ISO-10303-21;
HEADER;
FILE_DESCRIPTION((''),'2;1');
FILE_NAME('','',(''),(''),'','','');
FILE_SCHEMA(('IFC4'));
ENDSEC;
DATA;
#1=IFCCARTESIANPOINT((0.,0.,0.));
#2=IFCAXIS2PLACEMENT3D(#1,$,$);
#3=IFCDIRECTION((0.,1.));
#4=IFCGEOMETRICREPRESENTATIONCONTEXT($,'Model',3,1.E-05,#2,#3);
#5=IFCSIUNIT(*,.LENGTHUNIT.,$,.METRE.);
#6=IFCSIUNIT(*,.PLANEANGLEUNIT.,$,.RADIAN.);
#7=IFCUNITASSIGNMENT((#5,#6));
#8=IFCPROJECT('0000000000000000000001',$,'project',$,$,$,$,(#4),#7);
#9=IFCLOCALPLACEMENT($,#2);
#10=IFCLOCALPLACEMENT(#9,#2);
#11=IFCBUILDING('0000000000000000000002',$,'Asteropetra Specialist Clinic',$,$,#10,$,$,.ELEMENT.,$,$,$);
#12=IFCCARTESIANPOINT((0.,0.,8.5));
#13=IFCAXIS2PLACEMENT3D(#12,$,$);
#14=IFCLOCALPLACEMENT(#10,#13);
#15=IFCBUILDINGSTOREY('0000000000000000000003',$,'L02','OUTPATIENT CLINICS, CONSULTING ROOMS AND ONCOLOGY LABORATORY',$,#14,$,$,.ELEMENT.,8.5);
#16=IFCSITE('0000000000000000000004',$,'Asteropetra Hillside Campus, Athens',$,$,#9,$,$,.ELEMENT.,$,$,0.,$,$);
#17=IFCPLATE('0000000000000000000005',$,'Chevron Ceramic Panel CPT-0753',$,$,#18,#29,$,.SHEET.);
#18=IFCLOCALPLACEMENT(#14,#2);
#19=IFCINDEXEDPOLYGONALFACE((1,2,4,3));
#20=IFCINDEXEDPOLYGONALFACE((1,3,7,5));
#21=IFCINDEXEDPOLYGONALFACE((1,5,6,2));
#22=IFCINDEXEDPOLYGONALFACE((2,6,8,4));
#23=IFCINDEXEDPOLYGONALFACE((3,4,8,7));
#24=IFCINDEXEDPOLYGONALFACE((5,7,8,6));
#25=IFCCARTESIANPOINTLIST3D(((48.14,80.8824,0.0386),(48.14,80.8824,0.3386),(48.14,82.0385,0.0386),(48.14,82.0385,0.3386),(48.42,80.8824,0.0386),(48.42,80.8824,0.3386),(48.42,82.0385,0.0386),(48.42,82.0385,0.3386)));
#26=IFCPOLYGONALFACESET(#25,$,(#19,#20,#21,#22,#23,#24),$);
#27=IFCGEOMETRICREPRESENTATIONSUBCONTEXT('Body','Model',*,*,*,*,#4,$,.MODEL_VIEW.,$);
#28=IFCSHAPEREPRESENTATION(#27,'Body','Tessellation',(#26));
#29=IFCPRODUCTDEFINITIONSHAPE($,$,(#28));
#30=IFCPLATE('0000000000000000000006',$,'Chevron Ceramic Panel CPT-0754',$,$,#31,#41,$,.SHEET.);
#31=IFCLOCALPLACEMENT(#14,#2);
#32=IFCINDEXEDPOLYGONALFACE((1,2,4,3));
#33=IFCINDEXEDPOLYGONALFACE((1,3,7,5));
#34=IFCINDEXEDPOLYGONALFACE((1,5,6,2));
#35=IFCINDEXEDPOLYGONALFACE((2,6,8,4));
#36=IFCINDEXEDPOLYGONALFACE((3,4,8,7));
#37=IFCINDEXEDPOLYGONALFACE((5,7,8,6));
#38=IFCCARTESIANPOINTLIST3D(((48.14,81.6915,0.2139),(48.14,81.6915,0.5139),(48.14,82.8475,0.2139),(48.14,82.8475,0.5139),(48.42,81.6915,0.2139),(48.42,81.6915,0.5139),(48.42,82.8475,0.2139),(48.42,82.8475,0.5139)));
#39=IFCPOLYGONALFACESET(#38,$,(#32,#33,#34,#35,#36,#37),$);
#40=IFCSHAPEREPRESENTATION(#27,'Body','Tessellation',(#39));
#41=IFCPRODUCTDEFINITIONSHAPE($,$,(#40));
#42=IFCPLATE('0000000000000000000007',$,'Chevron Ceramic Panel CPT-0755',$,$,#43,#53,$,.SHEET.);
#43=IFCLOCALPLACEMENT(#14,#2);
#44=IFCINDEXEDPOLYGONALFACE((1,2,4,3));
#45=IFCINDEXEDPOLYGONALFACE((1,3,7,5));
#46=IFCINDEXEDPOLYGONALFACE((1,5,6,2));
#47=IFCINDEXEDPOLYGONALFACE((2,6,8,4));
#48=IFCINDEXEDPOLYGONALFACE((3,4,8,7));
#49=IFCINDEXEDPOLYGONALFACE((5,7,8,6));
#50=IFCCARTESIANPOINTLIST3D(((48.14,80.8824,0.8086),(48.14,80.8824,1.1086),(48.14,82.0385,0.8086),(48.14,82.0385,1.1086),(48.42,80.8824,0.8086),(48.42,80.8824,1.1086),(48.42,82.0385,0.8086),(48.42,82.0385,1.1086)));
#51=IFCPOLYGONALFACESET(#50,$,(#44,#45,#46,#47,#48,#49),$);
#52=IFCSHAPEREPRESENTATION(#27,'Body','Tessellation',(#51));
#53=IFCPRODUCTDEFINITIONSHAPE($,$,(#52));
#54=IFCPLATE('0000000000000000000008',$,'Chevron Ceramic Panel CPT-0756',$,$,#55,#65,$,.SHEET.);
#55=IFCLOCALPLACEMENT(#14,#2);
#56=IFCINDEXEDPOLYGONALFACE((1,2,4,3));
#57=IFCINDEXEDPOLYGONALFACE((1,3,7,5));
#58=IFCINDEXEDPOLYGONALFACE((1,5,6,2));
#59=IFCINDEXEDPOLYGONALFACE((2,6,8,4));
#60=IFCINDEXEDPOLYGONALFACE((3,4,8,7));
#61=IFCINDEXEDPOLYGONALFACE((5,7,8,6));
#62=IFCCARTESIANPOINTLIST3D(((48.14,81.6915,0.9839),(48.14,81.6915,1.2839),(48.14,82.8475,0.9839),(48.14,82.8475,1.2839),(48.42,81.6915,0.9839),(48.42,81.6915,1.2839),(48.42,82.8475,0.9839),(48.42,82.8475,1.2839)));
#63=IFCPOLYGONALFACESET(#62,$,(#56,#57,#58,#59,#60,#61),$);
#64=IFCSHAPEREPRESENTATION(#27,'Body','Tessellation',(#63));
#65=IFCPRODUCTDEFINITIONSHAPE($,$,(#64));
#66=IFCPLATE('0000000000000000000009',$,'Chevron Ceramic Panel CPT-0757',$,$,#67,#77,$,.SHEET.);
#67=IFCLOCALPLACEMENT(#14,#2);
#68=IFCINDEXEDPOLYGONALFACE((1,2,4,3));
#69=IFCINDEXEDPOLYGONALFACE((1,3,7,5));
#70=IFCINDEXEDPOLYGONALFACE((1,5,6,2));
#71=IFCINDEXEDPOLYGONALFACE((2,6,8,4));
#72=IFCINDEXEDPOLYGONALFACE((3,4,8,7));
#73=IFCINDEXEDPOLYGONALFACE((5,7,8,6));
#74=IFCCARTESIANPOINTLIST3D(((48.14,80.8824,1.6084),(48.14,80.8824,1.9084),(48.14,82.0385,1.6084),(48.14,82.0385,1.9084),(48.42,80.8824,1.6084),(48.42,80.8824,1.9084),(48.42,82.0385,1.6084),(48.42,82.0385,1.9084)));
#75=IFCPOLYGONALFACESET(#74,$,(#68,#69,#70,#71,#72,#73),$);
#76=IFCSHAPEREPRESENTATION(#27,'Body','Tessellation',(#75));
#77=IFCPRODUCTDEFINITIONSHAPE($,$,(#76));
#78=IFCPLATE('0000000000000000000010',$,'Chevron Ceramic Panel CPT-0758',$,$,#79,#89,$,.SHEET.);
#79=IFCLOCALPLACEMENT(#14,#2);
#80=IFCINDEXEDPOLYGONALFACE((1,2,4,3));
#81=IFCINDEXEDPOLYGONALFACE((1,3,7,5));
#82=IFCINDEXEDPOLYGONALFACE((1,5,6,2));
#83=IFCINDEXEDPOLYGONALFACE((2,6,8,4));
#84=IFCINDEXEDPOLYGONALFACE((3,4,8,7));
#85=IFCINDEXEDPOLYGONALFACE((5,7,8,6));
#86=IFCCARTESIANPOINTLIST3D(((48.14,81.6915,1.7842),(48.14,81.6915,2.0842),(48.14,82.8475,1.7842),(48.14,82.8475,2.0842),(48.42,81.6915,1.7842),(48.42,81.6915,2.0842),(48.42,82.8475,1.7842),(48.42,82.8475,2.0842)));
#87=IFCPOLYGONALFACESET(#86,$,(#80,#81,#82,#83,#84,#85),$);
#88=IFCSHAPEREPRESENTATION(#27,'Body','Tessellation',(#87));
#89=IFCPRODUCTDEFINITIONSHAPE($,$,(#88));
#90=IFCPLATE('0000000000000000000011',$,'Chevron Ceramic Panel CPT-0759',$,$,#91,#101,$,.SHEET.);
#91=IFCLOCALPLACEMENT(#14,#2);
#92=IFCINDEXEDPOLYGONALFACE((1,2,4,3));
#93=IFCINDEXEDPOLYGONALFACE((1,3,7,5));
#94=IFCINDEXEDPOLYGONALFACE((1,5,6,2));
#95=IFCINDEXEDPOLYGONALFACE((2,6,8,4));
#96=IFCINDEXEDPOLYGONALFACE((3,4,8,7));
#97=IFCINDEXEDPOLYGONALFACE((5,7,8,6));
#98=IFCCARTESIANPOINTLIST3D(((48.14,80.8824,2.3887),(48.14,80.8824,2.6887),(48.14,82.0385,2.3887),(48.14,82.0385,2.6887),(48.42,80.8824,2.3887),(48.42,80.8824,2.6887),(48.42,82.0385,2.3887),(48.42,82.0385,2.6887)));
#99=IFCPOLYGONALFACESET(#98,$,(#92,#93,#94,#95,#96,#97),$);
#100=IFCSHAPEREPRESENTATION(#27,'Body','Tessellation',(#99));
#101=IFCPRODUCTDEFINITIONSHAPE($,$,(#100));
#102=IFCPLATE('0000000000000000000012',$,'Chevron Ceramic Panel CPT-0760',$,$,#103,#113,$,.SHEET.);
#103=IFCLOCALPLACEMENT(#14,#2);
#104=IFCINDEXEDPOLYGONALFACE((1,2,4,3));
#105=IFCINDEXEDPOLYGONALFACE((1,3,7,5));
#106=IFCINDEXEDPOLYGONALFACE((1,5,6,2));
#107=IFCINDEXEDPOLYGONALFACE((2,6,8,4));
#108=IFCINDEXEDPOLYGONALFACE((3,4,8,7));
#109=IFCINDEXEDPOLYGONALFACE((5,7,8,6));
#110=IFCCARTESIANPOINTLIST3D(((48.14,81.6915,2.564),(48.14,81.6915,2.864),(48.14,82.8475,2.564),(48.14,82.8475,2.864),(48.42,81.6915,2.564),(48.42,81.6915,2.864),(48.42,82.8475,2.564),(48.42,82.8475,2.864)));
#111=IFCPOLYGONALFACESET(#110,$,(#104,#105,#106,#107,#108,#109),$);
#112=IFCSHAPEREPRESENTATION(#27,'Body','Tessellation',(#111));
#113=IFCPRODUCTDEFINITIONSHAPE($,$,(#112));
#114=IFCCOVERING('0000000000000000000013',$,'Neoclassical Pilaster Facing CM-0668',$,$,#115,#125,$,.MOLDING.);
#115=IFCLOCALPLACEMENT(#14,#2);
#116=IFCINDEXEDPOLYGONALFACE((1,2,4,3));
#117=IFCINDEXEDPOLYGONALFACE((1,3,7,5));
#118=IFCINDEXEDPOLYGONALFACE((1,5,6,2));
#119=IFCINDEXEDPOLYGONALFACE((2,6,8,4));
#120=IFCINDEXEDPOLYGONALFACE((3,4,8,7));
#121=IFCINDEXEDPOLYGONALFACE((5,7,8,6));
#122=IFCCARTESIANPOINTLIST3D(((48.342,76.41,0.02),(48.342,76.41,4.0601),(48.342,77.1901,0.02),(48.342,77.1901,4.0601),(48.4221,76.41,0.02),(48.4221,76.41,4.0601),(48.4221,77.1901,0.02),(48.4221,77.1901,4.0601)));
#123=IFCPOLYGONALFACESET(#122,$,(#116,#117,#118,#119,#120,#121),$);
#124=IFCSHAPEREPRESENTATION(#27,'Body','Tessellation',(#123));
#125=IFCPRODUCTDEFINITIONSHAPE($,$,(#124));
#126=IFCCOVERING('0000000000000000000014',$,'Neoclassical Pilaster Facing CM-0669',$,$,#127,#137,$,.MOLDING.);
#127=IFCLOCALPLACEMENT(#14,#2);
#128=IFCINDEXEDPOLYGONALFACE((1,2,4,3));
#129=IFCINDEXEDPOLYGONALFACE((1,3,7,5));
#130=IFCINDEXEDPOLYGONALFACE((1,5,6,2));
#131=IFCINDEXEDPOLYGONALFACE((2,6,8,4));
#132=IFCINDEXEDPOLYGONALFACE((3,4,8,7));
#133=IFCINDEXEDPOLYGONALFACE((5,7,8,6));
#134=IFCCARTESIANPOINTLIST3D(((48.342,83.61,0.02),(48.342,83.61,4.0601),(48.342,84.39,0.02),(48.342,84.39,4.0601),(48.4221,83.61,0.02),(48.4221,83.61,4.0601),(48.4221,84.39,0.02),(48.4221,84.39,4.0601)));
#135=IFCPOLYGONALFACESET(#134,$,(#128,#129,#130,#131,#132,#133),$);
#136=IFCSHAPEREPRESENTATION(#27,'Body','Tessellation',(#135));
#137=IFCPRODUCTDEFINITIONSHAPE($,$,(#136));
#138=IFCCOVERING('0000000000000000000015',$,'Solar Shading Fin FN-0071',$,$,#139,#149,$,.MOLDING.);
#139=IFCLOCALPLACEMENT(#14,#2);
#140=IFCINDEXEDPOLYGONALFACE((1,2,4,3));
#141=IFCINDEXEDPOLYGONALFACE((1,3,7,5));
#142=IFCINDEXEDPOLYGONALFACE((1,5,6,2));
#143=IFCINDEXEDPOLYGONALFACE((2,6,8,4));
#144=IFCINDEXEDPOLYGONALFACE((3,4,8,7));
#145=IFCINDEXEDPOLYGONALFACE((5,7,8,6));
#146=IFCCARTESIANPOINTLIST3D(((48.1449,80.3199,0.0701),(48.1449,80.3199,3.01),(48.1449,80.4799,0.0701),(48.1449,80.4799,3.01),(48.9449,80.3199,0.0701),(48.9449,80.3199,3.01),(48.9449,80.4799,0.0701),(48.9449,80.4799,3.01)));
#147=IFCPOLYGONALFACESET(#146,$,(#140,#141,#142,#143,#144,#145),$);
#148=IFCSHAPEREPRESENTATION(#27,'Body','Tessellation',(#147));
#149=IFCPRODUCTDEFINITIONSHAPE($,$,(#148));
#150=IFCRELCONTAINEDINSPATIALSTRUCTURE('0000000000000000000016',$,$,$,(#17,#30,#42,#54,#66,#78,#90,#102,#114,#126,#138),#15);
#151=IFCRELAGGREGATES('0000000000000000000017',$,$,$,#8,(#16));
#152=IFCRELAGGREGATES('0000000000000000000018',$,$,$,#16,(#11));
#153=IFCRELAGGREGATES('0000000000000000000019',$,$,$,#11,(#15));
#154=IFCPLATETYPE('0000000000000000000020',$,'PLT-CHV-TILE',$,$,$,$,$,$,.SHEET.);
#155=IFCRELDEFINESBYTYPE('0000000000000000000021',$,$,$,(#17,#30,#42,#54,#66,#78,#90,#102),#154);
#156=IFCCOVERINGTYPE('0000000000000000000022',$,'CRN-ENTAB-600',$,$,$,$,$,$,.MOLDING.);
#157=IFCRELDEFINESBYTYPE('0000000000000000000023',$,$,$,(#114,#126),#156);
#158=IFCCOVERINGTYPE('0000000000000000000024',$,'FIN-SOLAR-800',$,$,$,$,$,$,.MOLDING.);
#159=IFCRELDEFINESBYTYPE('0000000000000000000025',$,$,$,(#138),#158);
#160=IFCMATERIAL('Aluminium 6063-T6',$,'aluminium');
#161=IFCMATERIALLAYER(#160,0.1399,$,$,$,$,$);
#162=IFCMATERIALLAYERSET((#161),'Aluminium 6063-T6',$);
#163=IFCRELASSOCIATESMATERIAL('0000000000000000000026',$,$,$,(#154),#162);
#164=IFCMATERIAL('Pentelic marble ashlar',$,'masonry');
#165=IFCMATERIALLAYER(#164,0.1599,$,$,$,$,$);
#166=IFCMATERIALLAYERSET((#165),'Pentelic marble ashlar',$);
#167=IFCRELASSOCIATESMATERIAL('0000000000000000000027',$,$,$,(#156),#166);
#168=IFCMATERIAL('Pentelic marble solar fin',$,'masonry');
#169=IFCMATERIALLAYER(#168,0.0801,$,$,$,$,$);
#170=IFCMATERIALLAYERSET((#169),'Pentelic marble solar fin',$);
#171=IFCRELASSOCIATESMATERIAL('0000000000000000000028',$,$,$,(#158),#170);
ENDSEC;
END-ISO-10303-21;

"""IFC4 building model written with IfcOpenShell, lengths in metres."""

from ifc_helpers import new_model, si_unit, direction, frame, origin, origin_2d, place, context, subcontext, project, spatial, rectangle, extrude, material, layer, layer_set, type_object, element, save


model = new_model("IFC4")

# Units and contexts
model_context = context("Model", 3, precision=1e-05, world=origin(), true_north=direction((0.0, 1.0)))
body_context = subcontext(model_context, "Body", "Model", "MODEL_VIEW")
ifc_project = project(units=[si_unit("LENGTHUNIT", "METRE"), si_unit("PLANEANGLEUNIT", "RADIAN")], contexts=[model_context])

# Site, building, storey
site_placement = place(None, origin())
site = spatial("IfcSite", under=ifc_project, at=site_placement, Name="Asteropetra Hillside Campus, Athens", CompositionType="ELEMENT", RefElevation=0.0)
building_placement = place(site_placement, origin())
building = spatial("IfcBuilding", under=site, at=building_placement, Name="Asteropetra Specialist Clinic", CompositionType="ELEMENT")
storey_placement = place(building_placement, frame((0.0, 0.0, 8.5)))
storey = spatial("IfcBuildingStorey", under=building, at=storey_placement, Name="L02", Description="OUTPATIENT CLINICS, CONSULTING ROOMS AND ONCOLOGY LABORATORY", CompositionType="ELEMENT", Elevation=8.5)

# Plates
ifc_material_1 = material(Name="Aluminium 6063-T6", Category="aluminium")
ifc_layer_1 = layer(ifc_material_1, 0.1399)
ifc_layer_set_1 = layer_set([ifc_layer_1], Name="Aluminium 6063-T6")
plate_type = type_object("IfcPlateType", Name="PLT-CHV-TILE", PredefinedType="SHEET", material=ifc_layer_set_1)
for number, where, z_axis, x_axis, name in (
    (1, (48.28, 81.4604, 0.0386), (0.0, 0.0, 1.0), (1.0, 0.0, 0.0), "Chevron Ceramic Panel CPT-0753"),
    (2, (48.28, 82.2695, 0.2139), (0.0, 0.0, 1.0), (1.0, 0.0, 0.0), "Chevron Ceramic Panel CPT-0754"),
    (3, (48.28, 81.4604, 0.8086), (0.0, 0.0, 1.0), (1.0, 0.0, 0.0), "Chevron Ceramic Panel CPT-0755"),
    (4, (48.28, 82.2695, 0.9839), (0.0, 0.0, 1.0), (1.0, 0.0, 0.0), "Chevron Ceramic Panel CPT-0756"),
    (5, (48.28, 81.4604, 1.6084), (0.0, 0.0, 1.0), (1.0, 0.0, 0.0), "Chevron Ceramic Panel CPT-0757"),
    (6, (48.28, 82.2695, 1.7842), (0.0, 0.0, 1.0), (1.0, 0.0, 0.0), "Chevron Ceramic Panel CPT-0758"),
    (7, (48.28, 81.4604, 2.3887), (0.0, 0.0, 1.0), (1.0, 0.0, 0.0), "Chevron Ceramic Panel CPT-0759"),
    (8, (48.28, 82.2695, 2.564), (0.0, 0.0, 1.0), (1.0, 0.0, 0.0), "Chevron Ceramic Panel CPT-0760"),
):
    element("IfcPlate", number, at=place(storey_placement, frame(where, z_axis=z_axis, x_axis=x_axis)), inside=storey, type_object=plate_type, Name=name, PredefinedType="SHEET", context=body_context, shape_type="SweptSolid", body=[
        extrude(rectangle(XDim=0.28, YDim=1.156, at=origin_2d()), origin(), (0.0, 0.0, 1.0), 0.3),
    ])

# Coverings
ifc_material_2 = material(Name="Pentelic marble ashlar", Category="masonry")
ifc_layer_2 = layer(ifc_material_2, 0.1599)
ifc_layer_set_2 = layer_set([ifc_layer_2], Name="Pentelic marble ashlar")
covering_type_1 = type_object("IfcCoveringType", Name="CRN-ENTAB-600", PredefinedType="MOLDING", material=ifc_layer_set_2)
for number, where, z_axis, x_axis, name in (
    (9, (48.3821, 76.8, 0.02), (0.0, 0.0, 1.0), (1.0, 0.0, 0.0), "Neoclassical Pilaster Facing CM-0668"),
    (10, (48.3821, 84.0, 0.02), (0.0, 0.0, 1.0), (1.0, 0.0, 0.0), "Neoclassical Pilaster Facing CM-0669"),
):
    element("IfcCovering", number, at=place(storey_placement, frame(where, z_axis=z_axis, x_axis=x_axis)), inside=storey, type_object=covering_type_1, Name=name, PredefinedType="MOLDING", context=body_context, shape_type="SweptSolid", body=[
        extrude(rectangle(XDim=0.0801, YDim=0.78, at=origin_2d()), origin(), (0.0, 0.0, 1.0), 4.04),
    ])
ifc_material_3 = material(Name="Pentelic marble solar fin", Category="masonry")
ifc_layer_3 = layer(ifc_material_3, 0.0801)
ifc_layer_set_3 = layer_set([ifc_layer_3], Name="Pentelic marble solar fin")
covering_type_2 = type_object("IfcCoveringType", Name="FIN-SOLAR-800", PredefinedType="MOLDING", material=ifc_layer_set_3)
covering_placement = place(storey_placement, frame((48.5449, 80.3999, 0.0701), z_axis=(0.0, 0.0, 1.0), x_axis=(1.0, 0.0, 0.0)))
element("IfcCovering", 11, at=covering_placement, inside=storey, type_object=covering_type_2, Name="Solar Shading Fin FN-0071", PredefinedType="MOLDING", context=body_context, shape_type="SweptSolid", body=[
    extrude(rectangle(XDim=0.8, YDim=0.1599, at=origin_2d()), origin(), (0.0, 0.0, 1.0), 2.9399),
])

save(model, "model.ifc")
